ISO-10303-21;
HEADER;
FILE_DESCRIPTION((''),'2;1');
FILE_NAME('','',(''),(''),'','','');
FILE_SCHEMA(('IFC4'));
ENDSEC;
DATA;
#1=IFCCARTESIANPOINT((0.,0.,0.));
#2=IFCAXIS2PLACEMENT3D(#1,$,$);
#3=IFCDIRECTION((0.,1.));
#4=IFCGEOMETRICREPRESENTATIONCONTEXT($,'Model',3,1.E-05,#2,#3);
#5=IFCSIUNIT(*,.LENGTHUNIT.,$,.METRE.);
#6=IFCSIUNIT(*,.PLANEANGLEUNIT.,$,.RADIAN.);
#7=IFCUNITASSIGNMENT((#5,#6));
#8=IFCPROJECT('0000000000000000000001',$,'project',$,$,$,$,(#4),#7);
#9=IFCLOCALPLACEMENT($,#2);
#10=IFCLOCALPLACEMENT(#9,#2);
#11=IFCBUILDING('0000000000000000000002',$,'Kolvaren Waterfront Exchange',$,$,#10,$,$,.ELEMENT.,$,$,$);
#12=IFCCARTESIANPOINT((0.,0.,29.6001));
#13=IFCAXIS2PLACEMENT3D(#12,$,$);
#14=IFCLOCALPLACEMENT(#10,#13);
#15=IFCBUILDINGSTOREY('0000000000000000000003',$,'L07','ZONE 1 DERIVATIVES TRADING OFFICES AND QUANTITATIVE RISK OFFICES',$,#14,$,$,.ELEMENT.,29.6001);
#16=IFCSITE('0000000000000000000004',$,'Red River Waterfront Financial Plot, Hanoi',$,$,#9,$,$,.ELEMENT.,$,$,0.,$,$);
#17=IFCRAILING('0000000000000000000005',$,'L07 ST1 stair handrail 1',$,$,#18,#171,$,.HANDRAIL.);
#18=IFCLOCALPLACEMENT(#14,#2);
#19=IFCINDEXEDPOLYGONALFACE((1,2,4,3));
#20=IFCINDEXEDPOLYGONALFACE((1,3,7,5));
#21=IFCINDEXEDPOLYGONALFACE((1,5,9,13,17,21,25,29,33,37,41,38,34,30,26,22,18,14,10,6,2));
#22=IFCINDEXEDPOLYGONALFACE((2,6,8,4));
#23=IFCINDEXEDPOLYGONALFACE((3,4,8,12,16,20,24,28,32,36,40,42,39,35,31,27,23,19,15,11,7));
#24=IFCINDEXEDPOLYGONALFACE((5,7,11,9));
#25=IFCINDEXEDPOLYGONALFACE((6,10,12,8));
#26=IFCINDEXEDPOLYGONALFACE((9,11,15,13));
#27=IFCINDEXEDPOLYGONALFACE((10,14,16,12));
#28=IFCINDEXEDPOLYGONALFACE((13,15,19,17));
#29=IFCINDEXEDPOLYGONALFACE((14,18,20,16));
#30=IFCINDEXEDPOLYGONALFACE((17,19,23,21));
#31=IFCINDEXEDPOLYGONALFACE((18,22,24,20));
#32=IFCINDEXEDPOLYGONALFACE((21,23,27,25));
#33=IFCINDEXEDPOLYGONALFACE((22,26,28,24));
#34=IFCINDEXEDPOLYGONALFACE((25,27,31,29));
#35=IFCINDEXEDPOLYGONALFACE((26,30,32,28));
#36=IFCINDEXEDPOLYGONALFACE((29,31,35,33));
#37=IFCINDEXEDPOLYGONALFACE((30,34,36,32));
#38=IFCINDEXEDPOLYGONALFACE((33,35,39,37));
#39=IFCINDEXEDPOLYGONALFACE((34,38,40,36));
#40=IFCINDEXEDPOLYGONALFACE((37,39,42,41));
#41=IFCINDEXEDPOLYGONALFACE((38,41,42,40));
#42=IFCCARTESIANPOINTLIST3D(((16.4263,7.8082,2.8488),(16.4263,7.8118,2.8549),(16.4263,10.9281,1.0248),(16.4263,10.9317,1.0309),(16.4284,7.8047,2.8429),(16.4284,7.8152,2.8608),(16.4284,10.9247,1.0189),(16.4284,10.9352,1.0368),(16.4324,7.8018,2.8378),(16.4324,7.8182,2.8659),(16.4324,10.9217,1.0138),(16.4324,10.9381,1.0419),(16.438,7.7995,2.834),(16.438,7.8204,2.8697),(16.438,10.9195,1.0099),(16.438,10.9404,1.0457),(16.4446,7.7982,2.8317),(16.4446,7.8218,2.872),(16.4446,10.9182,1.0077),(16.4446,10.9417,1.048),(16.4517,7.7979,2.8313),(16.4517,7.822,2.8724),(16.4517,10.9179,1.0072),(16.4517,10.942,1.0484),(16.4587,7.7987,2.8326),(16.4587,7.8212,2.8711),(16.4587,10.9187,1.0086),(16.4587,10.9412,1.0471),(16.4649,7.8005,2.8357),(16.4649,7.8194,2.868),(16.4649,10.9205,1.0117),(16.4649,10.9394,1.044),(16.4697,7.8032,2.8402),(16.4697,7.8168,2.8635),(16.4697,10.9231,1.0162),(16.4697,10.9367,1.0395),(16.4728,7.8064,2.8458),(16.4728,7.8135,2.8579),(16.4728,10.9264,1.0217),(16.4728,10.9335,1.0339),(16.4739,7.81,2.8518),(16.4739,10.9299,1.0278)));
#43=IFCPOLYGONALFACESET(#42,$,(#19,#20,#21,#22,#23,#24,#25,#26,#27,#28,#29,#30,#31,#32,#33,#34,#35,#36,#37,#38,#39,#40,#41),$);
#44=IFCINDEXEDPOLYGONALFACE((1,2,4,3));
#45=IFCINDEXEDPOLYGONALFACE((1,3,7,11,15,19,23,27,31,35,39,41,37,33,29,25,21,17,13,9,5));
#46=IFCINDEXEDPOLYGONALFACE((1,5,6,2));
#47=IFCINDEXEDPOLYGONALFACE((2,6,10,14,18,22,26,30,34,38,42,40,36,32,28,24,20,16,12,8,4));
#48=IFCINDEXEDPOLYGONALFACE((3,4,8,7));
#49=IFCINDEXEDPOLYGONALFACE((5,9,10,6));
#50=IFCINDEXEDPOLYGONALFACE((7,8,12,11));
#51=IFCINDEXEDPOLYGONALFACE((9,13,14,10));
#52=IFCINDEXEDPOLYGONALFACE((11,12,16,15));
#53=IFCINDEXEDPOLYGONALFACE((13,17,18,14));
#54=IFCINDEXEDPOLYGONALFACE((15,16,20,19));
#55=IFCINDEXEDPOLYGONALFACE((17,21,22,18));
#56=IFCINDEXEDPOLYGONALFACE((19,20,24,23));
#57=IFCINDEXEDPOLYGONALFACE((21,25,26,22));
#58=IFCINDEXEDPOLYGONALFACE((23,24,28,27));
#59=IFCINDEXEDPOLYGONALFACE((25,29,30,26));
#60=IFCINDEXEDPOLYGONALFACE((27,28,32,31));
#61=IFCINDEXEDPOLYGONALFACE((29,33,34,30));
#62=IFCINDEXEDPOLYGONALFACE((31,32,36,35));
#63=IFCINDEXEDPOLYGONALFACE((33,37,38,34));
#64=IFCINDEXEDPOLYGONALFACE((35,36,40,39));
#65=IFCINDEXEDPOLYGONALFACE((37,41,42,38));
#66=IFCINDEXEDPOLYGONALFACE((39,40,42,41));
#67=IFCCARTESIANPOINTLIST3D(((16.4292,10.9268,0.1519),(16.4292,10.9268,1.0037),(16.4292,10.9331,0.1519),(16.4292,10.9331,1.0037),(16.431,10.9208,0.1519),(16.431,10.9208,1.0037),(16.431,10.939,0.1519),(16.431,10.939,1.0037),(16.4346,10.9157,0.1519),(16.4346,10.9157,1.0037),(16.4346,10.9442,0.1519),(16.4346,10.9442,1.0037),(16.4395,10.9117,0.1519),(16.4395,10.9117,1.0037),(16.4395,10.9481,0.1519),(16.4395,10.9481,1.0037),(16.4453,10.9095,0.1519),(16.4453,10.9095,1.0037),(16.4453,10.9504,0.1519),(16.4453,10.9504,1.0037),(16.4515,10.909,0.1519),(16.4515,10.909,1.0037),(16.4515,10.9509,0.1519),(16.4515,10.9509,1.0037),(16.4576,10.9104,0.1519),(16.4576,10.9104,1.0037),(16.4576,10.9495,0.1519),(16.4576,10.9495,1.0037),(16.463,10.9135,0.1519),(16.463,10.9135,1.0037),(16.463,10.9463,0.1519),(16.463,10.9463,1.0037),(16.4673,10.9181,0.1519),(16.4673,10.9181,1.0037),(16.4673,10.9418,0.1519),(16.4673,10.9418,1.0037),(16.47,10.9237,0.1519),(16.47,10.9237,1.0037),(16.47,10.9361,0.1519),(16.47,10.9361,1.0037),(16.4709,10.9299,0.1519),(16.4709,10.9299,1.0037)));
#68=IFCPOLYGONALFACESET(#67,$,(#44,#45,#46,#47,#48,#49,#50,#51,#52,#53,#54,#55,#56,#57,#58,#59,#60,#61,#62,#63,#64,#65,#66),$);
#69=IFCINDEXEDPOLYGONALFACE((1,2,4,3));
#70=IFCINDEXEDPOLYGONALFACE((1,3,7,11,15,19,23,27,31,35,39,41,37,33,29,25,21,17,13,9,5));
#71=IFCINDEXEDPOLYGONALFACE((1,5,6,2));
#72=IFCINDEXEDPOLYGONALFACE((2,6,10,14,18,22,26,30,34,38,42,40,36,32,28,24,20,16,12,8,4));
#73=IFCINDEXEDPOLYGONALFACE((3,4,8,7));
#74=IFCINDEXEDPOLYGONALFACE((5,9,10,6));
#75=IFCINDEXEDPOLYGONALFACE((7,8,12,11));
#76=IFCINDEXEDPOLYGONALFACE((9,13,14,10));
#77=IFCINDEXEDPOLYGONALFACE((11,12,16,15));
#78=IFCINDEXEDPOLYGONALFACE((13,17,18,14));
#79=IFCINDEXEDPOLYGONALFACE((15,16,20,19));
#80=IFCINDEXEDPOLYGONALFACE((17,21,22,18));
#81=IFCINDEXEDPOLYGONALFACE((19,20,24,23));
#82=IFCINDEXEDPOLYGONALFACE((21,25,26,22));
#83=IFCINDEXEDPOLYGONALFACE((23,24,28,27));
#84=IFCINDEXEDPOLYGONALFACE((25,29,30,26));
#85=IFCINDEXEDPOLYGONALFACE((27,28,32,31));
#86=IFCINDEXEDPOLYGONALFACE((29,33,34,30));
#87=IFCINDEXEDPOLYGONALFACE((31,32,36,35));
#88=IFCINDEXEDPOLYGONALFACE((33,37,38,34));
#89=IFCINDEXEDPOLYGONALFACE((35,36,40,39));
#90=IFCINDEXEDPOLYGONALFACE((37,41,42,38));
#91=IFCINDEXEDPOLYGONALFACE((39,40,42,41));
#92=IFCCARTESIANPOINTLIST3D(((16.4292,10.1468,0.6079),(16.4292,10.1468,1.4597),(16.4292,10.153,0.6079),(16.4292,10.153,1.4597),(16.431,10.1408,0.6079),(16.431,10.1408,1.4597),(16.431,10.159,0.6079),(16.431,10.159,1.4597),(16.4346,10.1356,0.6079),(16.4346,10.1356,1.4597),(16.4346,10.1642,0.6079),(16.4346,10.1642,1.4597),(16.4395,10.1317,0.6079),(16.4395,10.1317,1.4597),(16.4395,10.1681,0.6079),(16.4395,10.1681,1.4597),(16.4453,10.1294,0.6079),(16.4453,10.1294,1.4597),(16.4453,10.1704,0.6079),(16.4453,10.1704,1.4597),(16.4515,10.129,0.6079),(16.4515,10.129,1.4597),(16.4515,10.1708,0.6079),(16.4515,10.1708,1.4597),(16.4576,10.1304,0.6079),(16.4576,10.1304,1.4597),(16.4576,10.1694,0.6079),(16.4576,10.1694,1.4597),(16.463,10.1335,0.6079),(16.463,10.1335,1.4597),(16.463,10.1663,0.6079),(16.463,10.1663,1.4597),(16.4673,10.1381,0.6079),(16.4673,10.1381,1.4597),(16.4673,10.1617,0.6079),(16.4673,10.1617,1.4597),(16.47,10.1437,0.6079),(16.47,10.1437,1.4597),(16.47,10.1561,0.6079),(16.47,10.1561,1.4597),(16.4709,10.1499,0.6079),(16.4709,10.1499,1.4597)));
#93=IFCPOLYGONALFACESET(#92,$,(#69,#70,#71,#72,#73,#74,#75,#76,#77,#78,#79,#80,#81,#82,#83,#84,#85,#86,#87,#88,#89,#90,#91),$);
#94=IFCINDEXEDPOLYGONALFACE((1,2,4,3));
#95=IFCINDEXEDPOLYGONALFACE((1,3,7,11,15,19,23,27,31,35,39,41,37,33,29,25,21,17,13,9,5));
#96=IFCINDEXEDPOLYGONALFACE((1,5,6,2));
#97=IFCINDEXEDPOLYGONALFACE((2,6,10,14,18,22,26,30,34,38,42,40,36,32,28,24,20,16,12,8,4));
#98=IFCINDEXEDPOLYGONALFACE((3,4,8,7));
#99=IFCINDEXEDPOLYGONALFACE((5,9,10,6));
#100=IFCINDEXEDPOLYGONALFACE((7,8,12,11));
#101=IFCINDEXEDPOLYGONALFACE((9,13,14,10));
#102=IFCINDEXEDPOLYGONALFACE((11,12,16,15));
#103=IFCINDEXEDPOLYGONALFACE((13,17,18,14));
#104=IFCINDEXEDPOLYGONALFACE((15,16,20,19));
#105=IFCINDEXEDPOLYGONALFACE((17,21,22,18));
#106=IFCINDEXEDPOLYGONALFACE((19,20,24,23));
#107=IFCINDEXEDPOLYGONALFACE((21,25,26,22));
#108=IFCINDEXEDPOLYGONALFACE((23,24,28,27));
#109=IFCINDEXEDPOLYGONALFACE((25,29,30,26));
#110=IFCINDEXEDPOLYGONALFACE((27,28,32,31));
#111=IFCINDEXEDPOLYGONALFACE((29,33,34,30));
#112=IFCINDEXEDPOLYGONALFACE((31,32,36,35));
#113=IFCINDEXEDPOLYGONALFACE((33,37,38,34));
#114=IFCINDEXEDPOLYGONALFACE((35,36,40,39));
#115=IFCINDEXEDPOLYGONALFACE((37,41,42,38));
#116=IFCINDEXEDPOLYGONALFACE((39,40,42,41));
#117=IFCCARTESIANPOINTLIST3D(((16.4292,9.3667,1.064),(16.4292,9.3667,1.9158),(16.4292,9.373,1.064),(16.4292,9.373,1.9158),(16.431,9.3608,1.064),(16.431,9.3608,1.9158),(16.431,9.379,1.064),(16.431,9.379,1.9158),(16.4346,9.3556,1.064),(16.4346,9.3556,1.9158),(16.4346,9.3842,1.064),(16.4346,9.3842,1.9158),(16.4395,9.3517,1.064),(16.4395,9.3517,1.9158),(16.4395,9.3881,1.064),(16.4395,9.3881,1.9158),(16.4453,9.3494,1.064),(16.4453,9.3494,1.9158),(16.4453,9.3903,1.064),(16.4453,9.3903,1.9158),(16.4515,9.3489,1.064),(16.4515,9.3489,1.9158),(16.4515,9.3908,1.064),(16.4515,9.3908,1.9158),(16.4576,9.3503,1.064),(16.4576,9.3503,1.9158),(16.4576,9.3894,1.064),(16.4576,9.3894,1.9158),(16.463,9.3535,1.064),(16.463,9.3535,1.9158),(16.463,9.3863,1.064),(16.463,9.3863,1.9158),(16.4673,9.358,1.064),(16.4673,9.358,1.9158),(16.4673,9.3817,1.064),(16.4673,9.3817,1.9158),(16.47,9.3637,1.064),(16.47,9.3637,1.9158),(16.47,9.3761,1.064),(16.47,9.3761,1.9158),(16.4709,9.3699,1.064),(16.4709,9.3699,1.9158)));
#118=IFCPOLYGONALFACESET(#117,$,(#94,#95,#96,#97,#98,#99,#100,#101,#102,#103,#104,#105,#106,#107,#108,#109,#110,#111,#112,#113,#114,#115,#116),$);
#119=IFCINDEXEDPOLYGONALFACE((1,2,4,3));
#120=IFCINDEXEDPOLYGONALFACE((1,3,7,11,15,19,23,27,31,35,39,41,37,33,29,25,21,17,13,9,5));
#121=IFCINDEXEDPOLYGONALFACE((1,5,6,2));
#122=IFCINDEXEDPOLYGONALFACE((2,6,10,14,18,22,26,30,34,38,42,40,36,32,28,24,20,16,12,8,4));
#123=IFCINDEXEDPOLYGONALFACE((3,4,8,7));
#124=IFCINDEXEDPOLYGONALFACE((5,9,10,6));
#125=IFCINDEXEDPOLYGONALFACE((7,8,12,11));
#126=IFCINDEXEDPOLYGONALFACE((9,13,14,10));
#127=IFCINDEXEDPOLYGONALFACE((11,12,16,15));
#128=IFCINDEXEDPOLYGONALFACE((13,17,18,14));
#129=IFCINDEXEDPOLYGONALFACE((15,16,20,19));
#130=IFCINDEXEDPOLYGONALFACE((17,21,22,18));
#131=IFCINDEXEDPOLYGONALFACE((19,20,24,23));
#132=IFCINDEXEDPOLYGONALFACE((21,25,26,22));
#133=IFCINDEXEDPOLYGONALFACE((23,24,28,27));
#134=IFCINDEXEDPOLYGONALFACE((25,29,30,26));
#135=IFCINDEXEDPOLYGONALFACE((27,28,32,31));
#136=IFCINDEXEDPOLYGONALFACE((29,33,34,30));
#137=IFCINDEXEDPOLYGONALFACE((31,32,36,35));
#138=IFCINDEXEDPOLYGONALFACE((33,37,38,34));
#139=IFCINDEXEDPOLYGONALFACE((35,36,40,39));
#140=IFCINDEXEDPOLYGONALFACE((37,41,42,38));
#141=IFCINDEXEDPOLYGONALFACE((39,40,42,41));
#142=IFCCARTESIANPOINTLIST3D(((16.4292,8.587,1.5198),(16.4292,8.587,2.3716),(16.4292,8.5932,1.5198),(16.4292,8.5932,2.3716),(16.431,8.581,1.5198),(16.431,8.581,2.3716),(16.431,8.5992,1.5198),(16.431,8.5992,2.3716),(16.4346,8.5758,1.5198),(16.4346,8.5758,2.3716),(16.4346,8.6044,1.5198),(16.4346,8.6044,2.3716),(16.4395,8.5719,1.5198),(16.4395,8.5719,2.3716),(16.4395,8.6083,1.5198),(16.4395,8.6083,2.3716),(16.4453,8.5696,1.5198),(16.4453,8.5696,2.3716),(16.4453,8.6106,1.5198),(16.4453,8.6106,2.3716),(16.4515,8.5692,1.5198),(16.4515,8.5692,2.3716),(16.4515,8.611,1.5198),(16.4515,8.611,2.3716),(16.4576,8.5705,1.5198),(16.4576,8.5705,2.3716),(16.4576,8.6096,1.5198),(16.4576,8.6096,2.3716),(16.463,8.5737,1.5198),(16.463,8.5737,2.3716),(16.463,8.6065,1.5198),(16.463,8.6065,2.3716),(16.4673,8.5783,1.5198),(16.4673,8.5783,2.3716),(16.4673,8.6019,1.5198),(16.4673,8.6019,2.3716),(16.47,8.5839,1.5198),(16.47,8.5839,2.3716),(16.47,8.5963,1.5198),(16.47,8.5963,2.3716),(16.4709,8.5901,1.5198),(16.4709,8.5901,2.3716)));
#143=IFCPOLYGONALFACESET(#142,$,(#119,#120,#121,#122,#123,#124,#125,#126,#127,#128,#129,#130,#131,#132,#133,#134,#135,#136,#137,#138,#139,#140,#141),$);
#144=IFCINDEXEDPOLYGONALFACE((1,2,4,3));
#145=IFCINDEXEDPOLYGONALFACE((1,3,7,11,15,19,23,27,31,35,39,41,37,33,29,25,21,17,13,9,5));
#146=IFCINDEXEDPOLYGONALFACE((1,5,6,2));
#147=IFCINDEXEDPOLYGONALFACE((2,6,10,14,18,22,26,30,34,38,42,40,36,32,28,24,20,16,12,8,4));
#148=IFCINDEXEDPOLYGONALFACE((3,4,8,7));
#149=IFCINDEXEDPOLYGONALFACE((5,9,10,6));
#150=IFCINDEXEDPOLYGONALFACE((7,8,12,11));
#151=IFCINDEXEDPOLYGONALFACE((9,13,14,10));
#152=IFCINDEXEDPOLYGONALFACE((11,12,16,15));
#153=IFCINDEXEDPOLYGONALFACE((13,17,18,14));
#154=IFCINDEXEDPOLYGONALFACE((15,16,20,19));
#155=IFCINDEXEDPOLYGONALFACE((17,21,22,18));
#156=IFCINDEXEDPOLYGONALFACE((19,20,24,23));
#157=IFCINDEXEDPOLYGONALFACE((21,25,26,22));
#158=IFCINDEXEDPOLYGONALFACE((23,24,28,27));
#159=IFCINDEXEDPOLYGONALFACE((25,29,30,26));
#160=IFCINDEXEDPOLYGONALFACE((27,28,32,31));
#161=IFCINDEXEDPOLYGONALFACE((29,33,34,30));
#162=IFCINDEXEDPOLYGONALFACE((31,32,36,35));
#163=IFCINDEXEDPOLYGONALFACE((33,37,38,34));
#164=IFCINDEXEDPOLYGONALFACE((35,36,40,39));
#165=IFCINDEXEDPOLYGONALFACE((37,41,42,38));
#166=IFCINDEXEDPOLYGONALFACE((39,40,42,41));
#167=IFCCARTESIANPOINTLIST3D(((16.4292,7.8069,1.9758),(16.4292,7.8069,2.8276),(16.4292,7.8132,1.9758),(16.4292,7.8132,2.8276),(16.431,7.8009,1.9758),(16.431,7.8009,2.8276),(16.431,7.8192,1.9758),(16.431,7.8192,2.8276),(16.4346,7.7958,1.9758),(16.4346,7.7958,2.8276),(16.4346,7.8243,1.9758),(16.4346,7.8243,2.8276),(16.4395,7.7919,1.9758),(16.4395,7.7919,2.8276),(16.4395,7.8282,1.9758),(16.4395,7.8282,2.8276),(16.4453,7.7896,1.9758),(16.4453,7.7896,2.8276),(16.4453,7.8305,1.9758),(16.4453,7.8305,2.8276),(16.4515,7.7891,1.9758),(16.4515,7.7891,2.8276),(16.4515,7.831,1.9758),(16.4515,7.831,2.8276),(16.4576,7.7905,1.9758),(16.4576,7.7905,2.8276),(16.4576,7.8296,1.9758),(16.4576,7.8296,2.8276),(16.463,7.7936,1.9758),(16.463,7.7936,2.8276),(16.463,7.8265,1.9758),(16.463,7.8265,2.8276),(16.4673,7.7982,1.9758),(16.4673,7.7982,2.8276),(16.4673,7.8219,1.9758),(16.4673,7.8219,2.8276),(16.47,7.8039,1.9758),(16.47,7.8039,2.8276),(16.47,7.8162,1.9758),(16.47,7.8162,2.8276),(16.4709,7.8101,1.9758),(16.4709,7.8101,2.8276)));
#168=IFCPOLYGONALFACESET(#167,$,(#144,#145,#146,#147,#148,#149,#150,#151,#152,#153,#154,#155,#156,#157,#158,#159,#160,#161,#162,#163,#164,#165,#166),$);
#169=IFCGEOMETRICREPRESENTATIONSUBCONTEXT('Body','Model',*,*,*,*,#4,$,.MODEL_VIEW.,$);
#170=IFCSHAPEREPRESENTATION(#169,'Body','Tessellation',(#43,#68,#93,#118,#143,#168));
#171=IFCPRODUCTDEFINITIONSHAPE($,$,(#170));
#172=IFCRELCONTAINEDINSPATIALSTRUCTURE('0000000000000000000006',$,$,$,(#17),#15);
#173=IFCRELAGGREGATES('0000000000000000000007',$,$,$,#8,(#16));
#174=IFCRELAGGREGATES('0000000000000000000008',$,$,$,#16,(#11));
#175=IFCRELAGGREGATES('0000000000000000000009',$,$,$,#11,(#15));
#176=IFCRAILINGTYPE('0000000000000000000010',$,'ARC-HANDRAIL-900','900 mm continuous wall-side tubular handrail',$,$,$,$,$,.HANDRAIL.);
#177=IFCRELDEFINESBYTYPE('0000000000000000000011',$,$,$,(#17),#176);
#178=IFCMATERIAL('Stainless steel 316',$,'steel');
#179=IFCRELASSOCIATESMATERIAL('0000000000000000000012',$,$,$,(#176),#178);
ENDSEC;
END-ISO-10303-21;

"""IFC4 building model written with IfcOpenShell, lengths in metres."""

from ifc_helpers import new_model, si_unit, direction, frame, origin, origin_2d, place, context, subcontext, project, spatial, circle, extrude, material, type_object, element, save


model = new_model("IFC4")

# Units and contexts
model_context = context("Model", 3, precision=1e-05, world=origin(), true_north=direction((0.0, 1.0)))
body_context = subcontext(model_context, "Body", "Model", "MODEL_VIEW")
ifc_project = project(units=[si_unit("LENGTHUNIT", "METRE"), si_unit("PLANEANGLEUNIT", "RADIAN")], contexts=[model_context])

# Site, building, storey
site_placement = place(None, origin())
site = spatial("IfcSite", under=ifc_project, at=site_placement, Name="Red River Waterfront Financial Plot, Hanoi", CompositionType="ELEMENT", RefElevation=0.0)
building_placement = place(site_placement, origin())
building = spatial("IfcBuilding", under=site, at=building_placement, Name="Kolvaren Waterfront Exchange", CompositionType="ELEMENT")
storey_placement = place(building_placement, frame((0.0, 0.0, 29.6001)))
storey = spatial("IfcBuildingStorey", under=building, at=storey_placement, Name="L07", Description="ZONE 1 DERIVATIVES TRADING OFFICES AND QUANTITATIVE RISK OFFICES", CompositionType="ELEMENT", Elevation=29.6001)

# Railing
ifc_material_1 = material(Name="Stainless steel 316", Category="steel")
railing_type = type_object("IfcRailingType", Name="ARC-HANDRAIL-900", Description="900 mm continuous wall-side tubular handrail", PredefinedType="HANDRAIL", material=ifc_material_1)
railing_placement = place(storey_placement, frame((16.45, 10.9299, 0.1519)))
element("IfcRailing", 1, at=railing_placement, inside=storey, type_object=railing_type, Name="L07 ST1 stair handrail 1", PredefinedType="HANDRAIL", context=body_context, shape_type="SweptSolid", body=[
    extrude(circle(Radius=0.0239, at=origin_2d()), frame((0.0, 0.0, 0.876), z_axis=(0.0, -0.863291, 0.504707), x_axis=(1.0, 0.0, 0.0)), (0.0, 0.0, 1.0), 3.614),
    extrude(circle(Radius=0.021, at=origin_2d()), origin(), (0.0, 0.0, 1.0), 0.8518),
    extrude(circle(Radius=0.021, at=origin_2d()), frame((0.0, -0.78, 0.4561)), (0.0, 0.0, 1.0), 0.8518),
    extrude(circle(Radius=0.021, at=origin_2d()), frame((0.0, -1.5601, 0.9121)), (0.0, 0.0, 1.0), 0.8518),
    extrude(circle(Radius=0.021, at=origin_2d()), frame((0.0, -2.3398, 1.3679)), (0.0, 0.0, 1.0), 0.8518),
    extrude(circle(Radius=0.021, at=origin_2d()), frame((0.0, -3.1199, 1.824)), (0.0, 0.0, 1.0), 0.8518),
])

save(model, "model.ifc")
